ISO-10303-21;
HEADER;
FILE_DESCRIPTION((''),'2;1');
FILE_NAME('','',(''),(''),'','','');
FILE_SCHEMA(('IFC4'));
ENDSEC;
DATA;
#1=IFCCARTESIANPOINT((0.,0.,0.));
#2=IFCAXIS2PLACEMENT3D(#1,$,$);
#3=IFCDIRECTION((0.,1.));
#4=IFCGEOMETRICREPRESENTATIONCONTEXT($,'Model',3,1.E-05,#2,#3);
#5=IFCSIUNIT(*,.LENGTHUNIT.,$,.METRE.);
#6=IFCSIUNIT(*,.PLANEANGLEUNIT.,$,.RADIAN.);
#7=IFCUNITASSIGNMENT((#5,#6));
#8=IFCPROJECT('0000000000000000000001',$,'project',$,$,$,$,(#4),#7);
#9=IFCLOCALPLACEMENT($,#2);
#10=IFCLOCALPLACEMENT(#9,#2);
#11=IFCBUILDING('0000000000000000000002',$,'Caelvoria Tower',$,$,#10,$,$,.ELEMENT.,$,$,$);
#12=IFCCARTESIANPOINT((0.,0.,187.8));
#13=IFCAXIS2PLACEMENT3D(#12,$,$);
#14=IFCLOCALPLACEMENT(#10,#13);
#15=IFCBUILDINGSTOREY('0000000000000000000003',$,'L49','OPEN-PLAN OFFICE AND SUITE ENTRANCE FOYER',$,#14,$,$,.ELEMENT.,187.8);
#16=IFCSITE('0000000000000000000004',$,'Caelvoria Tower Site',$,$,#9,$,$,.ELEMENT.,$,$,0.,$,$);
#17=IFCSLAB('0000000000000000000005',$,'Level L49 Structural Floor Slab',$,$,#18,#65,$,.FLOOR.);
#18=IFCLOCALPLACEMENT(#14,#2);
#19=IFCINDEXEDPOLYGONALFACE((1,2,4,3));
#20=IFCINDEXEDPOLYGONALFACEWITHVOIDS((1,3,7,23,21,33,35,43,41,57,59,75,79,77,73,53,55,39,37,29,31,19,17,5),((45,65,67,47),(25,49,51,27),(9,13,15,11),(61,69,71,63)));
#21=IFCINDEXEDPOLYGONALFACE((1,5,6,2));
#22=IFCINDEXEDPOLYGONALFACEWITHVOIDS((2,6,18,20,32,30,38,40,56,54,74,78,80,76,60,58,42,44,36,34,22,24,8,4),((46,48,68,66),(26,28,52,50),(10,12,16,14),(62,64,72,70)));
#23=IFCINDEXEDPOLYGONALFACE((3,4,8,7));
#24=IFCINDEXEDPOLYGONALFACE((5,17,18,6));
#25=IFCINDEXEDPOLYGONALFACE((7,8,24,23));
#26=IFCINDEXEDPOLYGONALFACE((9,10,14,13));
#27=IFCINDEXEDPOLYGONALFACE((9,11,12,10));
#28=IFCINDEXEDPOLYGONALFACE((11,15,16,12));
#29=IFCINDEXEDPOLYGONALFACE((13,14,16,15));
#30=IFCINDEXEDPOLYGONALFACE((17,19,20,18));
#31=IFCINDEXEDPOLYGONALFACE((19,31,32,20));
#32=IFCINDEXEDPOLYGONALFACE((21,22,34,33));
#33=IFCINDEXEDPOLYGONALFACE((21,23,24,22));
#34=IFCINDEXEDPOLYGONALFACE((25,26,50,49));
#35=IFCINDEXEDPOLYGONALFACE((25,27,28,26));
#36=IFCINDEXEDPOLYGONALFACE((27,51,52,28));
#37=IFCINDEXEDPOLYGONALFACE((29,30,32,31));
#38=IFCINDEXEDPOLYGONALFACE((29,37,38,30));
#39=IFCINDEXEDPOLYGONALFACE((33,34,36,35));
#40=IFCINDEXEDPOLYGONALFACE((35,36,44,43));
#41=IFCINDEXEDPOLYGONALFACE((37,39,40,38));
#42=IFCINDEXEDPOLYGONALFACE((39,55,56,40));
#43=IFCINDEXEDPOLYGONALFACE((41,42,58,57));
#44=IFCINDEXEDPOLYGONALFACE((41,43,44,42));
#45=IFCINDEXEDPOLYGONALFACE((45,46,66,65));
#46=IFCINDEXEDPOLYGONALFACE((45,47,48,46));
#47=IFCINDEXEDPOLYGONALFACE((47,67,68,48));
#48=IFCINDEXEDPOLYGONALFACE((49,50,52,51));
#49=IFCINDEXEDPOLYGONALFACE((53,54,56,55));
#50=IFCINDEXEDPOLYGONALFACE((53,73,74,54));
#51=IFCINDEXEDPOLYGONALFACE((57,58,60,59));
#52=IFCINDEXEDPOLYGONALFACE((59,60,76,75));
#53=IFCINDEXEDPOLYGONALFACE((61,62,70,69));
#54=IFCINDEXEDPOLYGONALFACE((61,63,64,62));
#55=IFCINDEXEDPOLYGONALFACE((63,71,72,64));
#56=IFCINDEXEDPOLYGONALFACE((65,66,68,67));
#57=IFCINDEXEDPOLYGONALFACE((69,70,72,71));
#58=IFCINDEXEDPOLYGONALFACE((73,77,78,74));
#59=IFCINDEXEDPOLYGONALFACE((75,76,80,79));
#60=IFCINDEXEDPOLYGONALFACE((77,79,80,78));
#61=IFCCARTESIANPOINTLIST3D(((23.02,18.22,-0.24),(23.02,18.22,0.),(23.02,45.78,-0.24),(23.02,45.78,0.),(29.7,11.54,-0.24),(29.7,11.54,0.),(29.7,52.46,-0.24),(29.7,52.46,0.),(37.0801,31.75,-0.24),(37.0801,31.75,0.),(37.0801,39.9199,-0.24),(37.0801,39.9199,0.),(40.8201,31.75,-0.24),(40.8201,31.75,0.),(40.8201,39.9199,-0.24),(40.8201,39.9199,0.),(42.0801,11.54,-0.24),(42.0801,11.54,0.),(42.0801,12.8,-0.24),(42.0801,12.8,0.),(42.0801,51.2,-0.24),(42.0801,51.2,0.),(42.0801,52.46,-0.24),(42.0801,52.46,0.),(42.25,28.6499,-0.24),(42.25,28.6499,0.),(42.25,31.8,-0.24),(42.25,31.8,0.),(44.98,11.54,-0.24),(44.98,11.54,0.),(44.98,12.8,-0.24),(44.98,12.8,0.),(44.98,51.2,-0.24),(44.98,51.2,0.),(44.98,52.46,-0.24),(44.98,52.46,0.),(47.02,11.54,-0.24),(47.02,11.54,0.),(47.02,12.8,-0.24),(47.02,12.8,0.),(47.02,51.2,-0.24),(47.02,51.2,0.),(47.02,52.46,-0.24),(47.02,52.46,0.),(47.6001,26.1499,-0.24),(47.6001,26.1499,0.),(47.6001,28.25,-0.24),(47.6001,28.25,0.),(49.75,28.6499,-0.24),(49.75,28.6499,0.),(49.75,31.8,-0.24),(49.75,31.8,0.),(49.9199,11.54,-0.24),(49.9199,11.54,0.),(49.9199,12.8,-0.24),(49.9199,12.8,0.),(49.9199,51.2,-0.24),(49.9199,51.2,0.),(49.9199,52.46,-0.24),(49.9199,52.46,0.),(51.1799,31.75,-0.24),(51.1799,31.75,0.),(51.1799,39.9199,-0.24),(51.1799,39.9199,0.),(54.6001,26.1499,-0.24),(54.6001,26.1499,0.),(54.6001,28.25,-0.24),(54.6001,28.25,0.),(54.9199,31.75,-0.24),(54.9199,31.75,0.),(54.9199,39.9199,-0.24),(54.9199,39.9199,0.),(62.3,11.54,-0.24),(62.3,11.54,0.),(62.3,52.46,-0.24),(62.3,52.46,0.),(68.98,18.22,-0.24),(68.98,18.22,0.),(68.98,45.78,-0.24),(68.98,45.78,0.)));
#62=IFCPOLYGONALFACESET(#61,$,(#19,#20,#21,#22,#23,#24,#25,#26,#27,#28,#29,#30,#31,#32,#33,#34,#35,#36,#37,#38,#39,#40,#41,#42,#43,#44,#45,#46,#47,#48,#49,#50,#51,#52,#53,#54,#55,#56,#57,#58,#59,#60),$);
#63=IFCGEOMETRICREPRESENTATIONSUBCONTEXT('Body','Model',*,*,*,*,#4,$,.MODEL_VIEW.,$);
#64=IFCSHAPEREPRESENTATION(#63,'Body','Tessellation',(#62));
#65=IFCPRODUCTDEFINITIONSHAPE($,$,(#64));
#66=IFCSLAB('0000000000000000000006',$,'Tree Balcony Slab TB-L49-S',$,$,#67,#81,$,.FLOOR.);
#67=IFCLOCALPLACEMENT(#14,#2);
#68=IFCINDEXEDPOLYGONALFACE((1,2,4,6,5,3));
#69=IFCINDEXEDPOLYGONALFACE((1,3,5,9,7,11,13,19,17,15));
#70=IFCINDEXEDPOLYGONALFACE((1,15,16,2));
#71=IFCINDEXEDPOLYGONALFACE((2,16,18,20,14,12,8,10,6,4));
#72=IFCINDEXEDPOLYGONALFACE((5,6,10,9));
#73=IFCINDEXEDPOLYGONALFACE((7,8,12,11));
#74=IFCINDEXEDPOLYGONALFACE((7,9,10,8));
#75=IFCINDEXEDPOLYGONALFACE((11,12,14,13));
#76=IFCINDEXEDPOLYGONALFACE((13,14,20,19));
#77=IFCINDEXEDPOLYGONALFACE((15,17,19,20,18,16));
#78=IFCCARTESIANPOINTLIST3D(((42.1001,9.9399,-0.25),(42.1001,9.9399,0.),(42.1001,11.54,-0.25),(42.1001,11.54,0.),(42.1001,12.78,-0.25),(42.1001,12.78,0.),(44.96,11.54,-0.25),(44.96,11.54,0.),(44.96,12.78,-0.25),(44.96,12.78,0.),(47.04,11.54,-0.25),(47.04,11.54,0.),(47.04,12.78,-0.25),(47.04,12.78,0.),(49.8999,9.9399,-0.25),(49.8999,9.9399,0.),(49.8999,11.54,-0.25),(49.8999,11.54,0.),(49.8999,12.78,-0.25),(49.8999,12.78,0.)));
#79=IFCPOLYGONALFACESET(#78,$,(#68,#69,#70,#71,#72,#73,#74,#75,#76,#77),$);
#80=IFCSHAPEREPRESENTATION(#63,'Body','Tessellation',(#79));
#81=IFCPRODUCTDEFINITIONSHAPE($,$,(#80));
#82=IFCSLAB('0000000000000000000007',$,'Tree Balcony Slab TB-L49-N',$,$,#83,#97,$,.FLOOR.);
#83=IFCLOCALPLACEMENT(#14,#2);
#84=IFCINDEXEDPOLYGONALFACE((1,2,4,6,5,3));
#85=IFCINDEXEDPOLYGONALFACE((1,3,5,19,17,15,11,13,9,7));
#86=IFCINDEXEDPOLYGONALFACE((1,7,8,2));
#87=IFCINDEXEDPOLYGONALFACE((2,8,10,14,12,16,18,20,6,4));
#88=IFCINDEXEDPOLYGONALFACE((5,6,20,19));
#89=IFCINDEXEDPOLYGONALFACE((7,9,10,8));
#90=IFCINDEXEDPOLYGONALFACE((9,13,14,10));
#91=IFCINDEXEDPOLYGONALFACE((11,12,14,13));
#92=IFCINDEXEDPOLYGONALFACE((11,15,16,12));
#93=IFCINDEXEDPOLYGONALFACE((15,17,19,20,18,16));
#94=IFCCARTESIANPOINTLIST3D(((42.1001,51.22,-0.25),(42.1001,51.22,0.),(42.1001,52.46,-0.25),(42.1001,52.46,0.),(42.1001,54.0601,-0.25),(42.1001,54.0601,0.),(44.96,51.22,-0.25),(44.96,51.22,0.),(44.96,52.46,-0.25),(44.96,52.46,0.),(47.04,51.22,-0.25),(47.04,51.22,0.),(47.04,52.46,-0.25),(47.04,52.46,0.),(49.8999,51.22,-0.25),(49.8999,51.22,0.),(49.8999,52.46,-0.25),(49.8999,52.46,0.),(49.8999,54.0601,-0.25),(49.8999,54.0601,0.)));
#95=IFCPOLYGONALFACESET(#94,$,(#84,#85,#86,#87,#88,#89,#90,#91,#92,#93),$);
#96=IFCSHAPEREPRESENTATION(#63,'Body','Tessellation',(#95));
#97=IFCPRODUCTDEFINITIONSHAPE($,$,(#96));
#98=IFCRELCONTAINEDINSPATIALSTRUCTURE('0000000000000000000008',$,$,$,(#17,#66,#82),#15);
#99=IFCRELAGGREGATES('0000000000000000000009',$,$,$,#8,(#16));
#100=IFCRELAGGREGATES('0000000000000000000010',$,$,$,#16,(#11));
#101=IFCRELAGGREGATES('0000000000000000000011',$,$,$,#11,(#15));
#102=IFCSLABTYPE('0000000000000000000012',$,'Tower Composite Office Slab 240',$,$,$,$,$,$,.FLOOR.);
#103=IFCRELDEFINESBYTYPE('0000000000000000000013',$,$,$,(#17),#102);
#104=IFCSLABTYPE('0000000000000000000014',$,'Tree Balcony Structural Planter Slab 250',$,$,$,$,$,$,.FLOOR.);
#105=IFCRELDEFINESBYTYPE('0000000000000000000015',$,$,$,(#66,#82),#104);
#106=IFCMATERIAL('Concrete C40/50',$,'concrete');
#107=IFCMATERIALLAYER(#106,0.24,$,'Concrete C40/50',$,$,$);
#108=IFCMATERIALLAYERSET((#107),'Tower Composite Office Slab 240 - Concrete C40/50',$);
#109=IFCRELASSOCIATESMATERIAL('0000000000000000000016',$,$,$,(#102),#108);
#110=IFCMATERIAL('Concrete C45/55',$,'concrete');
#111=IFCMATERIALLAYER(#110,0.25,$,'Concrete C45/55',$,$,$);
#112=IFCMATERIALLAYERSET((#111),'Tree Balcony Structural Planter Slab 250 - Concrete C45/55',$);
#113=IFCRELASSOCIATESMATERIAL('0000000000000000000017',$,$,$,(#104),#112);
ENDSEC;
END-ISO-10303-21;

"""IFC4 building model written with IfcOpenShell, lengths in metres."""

from ifc_helpers import new_model, si_unit, direction, frame, origin, place, context, subcontext, project, spatial, polyline, outline, extrude, material, layer, layer_set, type_object, element, save


model = new_model("IFC4")

# Units and contexts
model_context = context("Model", 3, precision=1e-05, world=origin(), true_north=direction((0.0, 1.0)))
body_context = subcontext(model_context, "Body", "Model", "MODEL_VIEW")
ifc_project = project(units=[si_unit("LENGTHUNIT", "METRE"), si_unit("PLANEANGLEUNIT", "RADIAN")], contexts=[model_context])

# Site, building, storey
site_placement = place(None, origin())
site = spatial("IfcSite", under=ifc_project, at=site_placement, Name="Caelvoria Tower Site", CompositionType="ELEMENT", RefElevation=0.0)
building_placement = place(site_placement, origin())
building = spatial("IfcBuilding", under=site, at=building_placement, Name="Caelvoria Tower", CompositionType="ELEMENT")
storey_placement = place(building_placement, frame((0.0, 0.0, 187.8)))
storey = spatial("IfcBuildingStorey", under=building, at=storey_placement, Name="L49", Description="OPEN-PLAN OFFICE AND SUITE ENTRANCE FOYER", CompositionType="ELEMENT", Elevation=187.8)

# Shared definitions
ifc_material_1 = material(Name="Concrete C40/50", Category="concrete")

# Slabs
ifc_layer_1 = layer(ifc_material_1, 0.24, Name="Concrete C40/50")
ifc_layer_set_1 = layer_set([ifc_layer_1], Name="Tower Composite Office Slab 240 - Concrete C40/50")
slab_type_1 = type_object("IfcSlabType", Name="Tower Composite Office Slab 240", PredefinedType="FLOOR", material=ifc_layer_set_1)
slab_1_placement = place(storey_placement, frame((0.0, 0.0, -0.24)))
element("IfcSlab", 1, at=slab_1_placement, inside=storey, type_object=slab_type_1, Name="Level L49 Structural Floor Slab", PredefinedType="FLOOR", context=body_context, shape_type="SweptSolid", body=[
    extrude(outline(polyline([(23.02, 45.78), (23.02, 18.22), (29.7, 11.54), (42.0801, 11.54), (42.0801, 12.8), (44.98, 12.8), (44.98, 11.54), (47.02, 11.54), (47.02, 12.8), (49.9199, 12.8), (49.9199, 11.54), (62.3, 11.54), (68.98, 18.22), (68.98, 45.78), (62.3, 52.46), (49.9199, 52.46), (49.9199, 51.2), (47.02, 51.2), (47.02, 52.46), (44.98, 52.46), (44.98, 51.2), (42.0801, 51.2), (42.0801, 52.46), (29.7, 52.46), (23.02, 45.78)]), holes=[polyline([(37.0801, 31.75), (40.8201, 31.75), (40.8201, 39.9199), (37.0801, 39.9199), (37.0801, 31.75)]), polyline([(51.1799, 31.75), (54.9199, 31.75), (54.9199, 39.9199), (51.1799, 39.9199), (51.1799, 31.75)]), polyline([(42.25, 28.6499), (49.75, 28.6499), (49.75, 31.8), (42.25, 31.8), (42.25, 28.6499)]), polyline([(47.6001, 26.1499), (54.6001, 26.1499), (54.6001, 28.25), (47.6001, 28.25), (47.6001, 26.1499)])]), origin(), (0.0, 0.0, 1.0), 0.24),
])
ifc_material_2 = material(Name="Concrete C45/55", Category="concrete")
ifc_layer_2 = layer(ifc_material_2, 0.25, Name="Concrete C45/55")
ifc_layer_set_2 = layer_set([ifc_layer_2], Name="Tree Balcony Structural Planter Slab 250 - Concrete C45/55")
slab_type_2 = type_object("IfcSlabType", Name="Tree Balcony Structural Planter Slab 250", PredefinedType="FLOOR", material=ifc_layer_set_2)
slab_2_placement = place(storey_placement, frame((0.0, 0.0, -0.25)))
element("IfcSlab", 2, at=slab_2_placement, inside=storey, type_object=slab_type_2, Name="Tree Balcony Slab TB-L49-S", PredefinedType="FLOOR", context=body_context, shape_type="SweptSolid", body=[
    extrude(outline(polyline([(49.8999, 11.54), (49.8999, 12.78), (47.04, 12.78), (47.04, 11.54), (44.96, 11.54), (44.96, 12.78), (42.1001, 12.78), (42.1001, 11.54), (42.1001, 9.9399), (49.8999, 9.9399), (49.8999, 11.54)])), origin(), (0.0, 0.0, 1.0), 0.25),
])
slab_3_placement = place(storey_placement, frame((0.0, 0.0, -0.25)))
element("IfcSlab", 3, at=slab_3_placement, inside=storey, type_object=slab_type_2, Name="Tree Balcony Slab TB-L49-N", PredefinedType="FLOOR", context=body_context, shape_type="SweptSolid", body=[
    extrude(outline(polyline([(42.1001, 54.0601), (42.1001, 52.46), (42.1001, 51.22), (44.96, 51.22), (44.96, 52.46), (47.04, 52.46), (47.04, 51.22), (49.8999, 51.22), (49.8999, 52.46), (49.8999, 54.0601), (42.1001, 54.0601)])), origin(), (0.0, 0.0, 1.0), 0.25),
])

save(model, "model.ifc")
